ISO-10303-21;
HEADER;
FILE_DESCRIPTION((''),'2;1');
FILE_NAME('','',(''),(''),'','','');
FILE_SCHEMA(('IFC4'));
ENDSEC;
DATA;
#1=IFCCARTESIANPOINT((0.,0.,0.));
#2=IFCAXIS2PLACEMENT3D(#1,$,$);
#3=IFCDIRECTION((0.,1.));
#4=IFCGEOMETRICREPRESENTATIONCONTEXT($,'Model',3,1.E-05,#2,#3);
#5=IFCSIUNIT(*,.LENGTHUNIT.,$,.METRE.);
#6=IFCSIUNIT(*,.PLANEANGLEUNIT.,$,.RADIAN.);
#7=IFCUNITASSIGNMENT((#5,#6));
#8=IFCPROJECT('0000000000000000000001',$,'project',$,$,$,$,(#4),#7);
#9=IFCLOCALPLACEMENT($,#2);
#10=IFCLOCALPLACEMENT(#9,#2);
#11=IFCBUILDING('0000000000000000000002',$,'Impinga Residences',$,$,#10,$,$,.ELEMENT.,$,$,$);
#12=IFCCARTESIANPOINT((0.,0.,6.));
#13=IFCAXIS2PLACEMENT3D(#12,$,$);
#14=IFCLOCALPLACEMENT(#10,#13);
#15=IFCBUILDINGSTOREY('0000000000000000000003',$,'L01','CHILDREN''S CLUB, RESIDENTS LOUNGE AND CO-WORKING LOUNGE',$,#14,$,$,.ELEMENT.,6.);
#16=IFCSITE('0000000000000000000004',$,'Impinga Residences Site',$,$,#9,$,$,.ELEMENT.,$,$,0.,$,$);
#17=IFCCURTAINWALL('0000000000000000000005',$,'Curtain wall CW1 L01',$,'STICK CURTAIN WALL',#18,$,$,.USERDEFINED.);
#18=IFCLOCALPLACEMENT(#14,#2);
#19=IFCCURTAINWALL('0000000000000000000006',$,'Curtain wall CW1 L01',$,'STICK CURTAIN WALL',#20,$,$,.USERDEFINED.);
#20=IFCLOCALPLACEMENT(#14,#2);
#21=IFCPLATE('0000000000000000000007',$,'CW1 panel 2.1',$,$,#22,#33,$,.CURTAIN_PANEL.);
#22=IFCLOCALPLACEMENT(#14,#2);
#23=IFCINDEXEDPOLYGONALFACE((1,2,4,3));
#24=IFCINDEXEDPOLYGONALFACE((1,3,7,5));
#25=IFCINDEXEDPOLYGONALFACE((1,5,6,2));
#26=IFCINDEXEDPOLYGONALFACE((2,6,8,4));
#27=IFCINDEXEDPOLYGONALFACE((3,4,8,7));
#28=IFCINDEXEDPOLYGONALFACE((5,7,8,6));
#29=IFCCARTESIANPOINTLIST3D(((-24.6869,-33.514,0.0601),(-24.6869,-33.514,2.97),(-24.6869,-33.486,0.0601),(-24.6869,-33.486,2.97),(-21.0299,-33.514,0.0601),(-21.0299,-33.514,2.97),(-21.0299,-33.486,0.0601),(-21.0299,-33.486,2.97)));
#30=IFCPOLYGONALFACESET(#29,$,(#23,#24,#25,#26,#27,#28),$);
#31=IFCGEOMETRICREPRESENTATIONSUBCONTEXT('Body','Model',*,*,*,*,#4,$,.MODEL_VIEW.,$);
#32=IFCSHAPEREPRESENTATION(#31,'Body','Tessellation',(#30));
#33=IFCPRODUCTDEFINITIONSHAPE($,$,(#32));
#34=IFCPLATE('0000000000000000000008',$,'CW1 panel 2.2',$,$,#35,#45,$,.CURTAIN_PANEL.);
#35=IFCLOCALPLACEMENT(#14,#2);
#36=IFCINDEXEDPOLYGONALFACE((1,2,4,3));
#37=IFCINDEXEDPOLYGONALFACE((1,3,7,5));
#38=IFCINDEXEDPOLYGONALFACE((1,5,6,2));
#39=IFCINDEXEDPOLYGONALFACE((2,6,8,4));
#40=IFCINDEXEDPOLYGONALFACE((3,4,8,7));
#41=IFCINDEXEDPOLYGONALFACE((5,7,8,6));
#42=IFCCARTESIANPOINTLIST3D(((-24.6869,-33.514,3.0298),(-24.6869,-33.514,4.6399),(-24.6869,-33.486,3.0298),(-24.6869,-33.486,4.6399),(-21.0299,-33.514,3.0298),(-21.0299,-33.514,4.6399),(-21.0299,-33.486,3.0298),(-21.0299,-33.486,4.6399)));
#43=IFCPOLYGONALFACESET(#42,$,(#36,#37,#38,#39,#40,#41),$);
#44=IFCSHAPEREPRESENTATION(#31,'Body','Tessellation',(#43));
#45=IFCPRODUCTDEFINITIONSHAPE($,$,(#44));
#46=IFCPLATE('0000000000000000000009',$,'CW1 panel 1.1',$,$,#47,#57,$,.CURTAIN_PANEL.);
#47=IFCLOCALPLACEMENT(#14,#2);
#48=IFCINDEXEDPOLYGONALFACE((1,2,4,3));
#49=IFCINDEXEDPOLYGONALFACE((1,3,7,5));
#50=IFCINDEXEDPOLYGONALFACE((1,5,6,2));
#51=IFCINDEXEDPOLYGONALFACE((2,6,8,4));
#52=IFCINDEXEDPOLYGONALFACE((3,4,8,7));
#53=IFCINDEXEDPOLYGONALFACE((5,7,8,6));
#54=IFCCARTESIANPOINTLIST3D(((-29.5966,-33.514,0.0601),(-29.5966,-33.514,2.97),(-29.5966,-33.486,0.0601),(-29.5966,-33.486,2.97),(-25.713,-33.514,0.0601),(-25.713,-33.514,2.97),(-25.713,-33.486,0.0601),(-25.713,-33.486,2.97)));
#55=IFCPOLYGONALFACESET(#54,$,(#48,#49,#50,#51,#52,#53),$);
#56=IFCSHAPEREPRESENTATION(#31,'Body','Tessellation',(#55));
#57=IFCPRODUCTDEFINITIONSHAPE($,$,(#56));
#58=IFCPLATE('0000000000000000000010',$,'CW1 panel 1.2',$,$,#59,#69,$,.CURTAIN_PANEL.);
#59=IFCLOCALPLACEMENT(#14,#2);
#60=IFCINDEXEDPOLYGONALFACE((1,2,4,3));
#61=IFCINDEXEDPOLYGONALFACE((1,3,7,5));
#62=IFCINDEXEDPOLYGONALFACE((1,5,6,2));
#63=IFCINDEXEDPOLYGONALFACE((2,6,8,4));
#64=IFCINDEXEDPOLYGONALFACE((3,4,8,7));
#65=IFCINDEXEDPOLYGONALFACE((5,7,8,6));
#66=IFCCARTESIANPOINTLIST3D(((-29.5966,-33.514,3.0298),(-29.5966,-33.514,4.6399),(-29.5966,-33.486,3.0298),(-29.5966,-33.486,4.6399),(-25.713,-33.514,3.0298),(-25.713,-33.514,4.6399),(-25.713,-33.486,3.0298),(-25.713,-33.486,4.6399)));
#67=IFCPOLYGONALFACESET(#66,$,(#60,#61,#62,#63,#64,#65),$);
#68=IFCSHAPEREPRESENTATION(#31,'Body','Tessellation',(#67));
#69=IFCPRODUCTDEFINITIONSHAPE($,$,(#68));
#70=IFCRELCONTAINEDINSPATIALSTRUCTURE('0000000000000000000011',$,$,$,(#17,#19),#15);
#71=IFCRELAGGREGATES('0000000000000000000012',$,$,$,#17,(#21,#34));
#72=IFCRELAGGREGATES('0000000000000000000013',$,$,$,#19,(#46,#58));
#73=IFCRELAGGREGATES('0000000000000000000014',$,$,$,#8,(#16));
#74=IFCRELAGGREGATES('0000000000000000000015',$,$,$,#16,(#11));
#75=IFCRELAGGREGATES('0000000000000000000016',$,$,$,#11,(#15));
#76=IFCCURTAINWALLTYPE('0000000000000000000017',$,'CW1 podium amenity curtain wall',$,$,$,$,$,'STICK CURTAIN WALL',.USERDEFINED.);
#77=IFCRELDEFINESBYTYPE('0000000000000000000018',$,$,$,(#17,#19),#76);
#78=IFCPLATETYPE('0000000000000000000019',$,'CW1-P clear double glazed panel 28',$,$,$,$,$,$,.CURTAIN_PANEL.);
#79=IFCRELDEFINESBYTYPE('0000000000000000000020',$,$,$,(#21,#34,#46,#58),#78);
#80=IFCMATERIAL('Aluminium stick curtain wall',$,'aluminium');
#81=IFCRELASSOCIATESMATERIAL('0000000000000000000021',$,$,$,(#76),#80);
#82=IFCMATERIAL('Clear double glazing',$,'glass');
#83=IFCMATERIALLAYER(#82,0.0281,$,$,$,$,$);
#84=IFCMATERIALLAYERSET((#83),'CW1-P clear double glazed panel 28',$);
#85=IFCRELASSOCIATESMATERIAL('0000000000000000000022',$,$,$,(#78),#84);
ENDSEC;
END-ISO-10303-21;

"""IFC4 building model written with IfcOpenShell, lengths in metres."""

from ifc_helpers import new_model, si_unit, direction, frame, origin, origin_2d, place, context, subcontext, project, spatial, rectangle, extrude, material, layer, layer_set, type_object, element, aggregate, save


model = new_model("IFC4")

# Units and contexts
model_context = context("Model", 3, precision=1e-05, world=origin(), true_north=direction((0.0, 1.0)))
body_context = subcontext(model_context, "Body", "Model", "MODEL_VIEW")
ifc_project = project(units=[si_unit("LENGTHUNIT", "METRE"), si_unit("PLANEANGLEUNIT", "RADIAN")], contexts=[model_context])

# Site, building, storey
site_placement = place(None, origin())
site = spatial("IfcSite", under=ifc_project, at=site_placement, Name="Impinga Residences Site", CompositionType="ELEMENT", RefElevation=0.0)
building_placement = place(site_placement, origin())
building = spatial("IfcBuilding", under=site, at=building_placement, Name="Impinga Residences", CompositionType="ELEMENT")
storey_placement = place(building_placement, frame((0.0, 0.0, 6.0)))
storey = spatial("IfcBuildingStorey", under=building, at=storey_placement, Name="L01", Description="CHILDREN'S CLUB, RESIDENTS LOUNGE AND CO-WORKING LOUNGE", CompositionType="ELEMENT", Elevation=6.0)

# Shared definitions
ifc_material_1 = material(Name="Aluminium stick curtain wall", Category="aluminium")
curtain_wall_type = type_object("IfcCurtainWallType", Name="CW1 podium amenity curtain wall", ElementType="STICK CURTAIN WALL", PredefinedType="USERDEFINED", material=ifc_material_1)

# Curtain walls
curtain_wall_1_placement = place(storey_placement, origin())
curtain_wall_1 = element("IfcCurtainWall", 1, at=curtain_wall_1_placement, inside=storey, type_object=curtain_wall_type, Name="Curtain wall CW1 L01", ObjectType="STICK CURTAIN WALL", PredefinedType="USERDEFINED")
curtain_wall_2_placement = place(storey_placement, origin())
curtain_wall_2 = element("IfcCurtainWall", 2, at=curtain_wall_2_placement, inside=storey, type_object=curtain_wall_type, Name="Curtain wall CW1 L01", ObjectType="STICK CURTAIN WALL", PredefinedType="USERDEFINED")

# Plates
ifc_material_2 = material(Name="Clear double glazing", Category="glass")
ifc_layer = layer(ifc_material_2, 0.0281)
ifc_layer_set = layer_set([ifc_layer], Name="CW1-P clear double glazed panel 28")
plate_type = type_object("IfcPlateType", Name="CW1-P clear double glazed panel 28", PredefinedType="CURTAIN_PANEL", material=ifc_layer_set)
plate_1_placement = place(storey_placement, frame((-22.8584, -33.5, 0.0601), z_axis=(0.0, 0.0, 1.0), x_axis=(-1.0, 0.0, 0.0)))
plate_1 = element("IfcPlate", 3, at=plate_1_placement, type_object=plate_type, Name="CW1 panel 2.1", PredefinedType="CURTAIN_PANEL", context=body_context, shape_type="SweptSolid", body=[
    extrude(rectangle(XDim=3.657, YDim=0.0281, at=origin_2d()), origin(), (0.0, 0.0, 1.0), 2.9099),
])
plate_2_placement = place(storey_placement, frame((-22.8584, -33.5, 3.0298), z_axis=(0.0, 0.0, 1.0), x_axis=(-1.0, 0.0, 0.0)))
plate_2 = element("IfcPlate", 4, at=plate_2_placement, type_object=plate_type, Name="CW1 panel 2.2", PredefinedType="CURTAIN_PANEL", context=body_context, shape_type="SweptSolid", body=[
    extrude(rectangle(XDim=3.657, YDim=0.0281, at=origin_2d()), origin(), (0.0, 0.0, 1.0), 1.6101),
])
aggregate(curtain_wall_1, [plate_1, plate_2])
plate_3_placement = place(storey_placement, frame((-27.6548, -33.5, 0.0601), z_axis=(0.0, 0.0, 1.0), x_axis=(-1.0, 0.0, 0.0)))
plate_3 = element("IfcPlate", 5, at=plate_3_placement, type_object=plate_type, Name="CW1 panel 1.1", PredefinedType="CURTAIN_PANEL", context=body_context, shape_type="SweptSolid", body=[
    extrude(rectangle(XDim=3.8835, YDim=0.0281, at=origin_2d()), origin(), (0.0, 0.0, 1.0), 2.9099),
])
plate_4_placement = place(storey_placement, frame((-27.6548, -33.5, 3.0298), z_axis=(0.0, 0.0, 1.0), x_axis=(-1.0, 0.0, 0.0)))
plate_4 = element("IfcPlate", 6, at=plate_4_placement, type_object=plate_type, Name="CW1 panel 1.2", PredefinedType="CURTAIN_PANEL", context=body_context, shape_type="SweptSolid", body=[
    extrude(rectangle(XDim=3.8835, YDim=0.0281, at=origin_2d()), origin(), (0.0, 0.0, 1.0), 1.6101),
])
aggregate(curtain_wall_2, [plate_3, plate_4])

save(model, "model.ifc")
